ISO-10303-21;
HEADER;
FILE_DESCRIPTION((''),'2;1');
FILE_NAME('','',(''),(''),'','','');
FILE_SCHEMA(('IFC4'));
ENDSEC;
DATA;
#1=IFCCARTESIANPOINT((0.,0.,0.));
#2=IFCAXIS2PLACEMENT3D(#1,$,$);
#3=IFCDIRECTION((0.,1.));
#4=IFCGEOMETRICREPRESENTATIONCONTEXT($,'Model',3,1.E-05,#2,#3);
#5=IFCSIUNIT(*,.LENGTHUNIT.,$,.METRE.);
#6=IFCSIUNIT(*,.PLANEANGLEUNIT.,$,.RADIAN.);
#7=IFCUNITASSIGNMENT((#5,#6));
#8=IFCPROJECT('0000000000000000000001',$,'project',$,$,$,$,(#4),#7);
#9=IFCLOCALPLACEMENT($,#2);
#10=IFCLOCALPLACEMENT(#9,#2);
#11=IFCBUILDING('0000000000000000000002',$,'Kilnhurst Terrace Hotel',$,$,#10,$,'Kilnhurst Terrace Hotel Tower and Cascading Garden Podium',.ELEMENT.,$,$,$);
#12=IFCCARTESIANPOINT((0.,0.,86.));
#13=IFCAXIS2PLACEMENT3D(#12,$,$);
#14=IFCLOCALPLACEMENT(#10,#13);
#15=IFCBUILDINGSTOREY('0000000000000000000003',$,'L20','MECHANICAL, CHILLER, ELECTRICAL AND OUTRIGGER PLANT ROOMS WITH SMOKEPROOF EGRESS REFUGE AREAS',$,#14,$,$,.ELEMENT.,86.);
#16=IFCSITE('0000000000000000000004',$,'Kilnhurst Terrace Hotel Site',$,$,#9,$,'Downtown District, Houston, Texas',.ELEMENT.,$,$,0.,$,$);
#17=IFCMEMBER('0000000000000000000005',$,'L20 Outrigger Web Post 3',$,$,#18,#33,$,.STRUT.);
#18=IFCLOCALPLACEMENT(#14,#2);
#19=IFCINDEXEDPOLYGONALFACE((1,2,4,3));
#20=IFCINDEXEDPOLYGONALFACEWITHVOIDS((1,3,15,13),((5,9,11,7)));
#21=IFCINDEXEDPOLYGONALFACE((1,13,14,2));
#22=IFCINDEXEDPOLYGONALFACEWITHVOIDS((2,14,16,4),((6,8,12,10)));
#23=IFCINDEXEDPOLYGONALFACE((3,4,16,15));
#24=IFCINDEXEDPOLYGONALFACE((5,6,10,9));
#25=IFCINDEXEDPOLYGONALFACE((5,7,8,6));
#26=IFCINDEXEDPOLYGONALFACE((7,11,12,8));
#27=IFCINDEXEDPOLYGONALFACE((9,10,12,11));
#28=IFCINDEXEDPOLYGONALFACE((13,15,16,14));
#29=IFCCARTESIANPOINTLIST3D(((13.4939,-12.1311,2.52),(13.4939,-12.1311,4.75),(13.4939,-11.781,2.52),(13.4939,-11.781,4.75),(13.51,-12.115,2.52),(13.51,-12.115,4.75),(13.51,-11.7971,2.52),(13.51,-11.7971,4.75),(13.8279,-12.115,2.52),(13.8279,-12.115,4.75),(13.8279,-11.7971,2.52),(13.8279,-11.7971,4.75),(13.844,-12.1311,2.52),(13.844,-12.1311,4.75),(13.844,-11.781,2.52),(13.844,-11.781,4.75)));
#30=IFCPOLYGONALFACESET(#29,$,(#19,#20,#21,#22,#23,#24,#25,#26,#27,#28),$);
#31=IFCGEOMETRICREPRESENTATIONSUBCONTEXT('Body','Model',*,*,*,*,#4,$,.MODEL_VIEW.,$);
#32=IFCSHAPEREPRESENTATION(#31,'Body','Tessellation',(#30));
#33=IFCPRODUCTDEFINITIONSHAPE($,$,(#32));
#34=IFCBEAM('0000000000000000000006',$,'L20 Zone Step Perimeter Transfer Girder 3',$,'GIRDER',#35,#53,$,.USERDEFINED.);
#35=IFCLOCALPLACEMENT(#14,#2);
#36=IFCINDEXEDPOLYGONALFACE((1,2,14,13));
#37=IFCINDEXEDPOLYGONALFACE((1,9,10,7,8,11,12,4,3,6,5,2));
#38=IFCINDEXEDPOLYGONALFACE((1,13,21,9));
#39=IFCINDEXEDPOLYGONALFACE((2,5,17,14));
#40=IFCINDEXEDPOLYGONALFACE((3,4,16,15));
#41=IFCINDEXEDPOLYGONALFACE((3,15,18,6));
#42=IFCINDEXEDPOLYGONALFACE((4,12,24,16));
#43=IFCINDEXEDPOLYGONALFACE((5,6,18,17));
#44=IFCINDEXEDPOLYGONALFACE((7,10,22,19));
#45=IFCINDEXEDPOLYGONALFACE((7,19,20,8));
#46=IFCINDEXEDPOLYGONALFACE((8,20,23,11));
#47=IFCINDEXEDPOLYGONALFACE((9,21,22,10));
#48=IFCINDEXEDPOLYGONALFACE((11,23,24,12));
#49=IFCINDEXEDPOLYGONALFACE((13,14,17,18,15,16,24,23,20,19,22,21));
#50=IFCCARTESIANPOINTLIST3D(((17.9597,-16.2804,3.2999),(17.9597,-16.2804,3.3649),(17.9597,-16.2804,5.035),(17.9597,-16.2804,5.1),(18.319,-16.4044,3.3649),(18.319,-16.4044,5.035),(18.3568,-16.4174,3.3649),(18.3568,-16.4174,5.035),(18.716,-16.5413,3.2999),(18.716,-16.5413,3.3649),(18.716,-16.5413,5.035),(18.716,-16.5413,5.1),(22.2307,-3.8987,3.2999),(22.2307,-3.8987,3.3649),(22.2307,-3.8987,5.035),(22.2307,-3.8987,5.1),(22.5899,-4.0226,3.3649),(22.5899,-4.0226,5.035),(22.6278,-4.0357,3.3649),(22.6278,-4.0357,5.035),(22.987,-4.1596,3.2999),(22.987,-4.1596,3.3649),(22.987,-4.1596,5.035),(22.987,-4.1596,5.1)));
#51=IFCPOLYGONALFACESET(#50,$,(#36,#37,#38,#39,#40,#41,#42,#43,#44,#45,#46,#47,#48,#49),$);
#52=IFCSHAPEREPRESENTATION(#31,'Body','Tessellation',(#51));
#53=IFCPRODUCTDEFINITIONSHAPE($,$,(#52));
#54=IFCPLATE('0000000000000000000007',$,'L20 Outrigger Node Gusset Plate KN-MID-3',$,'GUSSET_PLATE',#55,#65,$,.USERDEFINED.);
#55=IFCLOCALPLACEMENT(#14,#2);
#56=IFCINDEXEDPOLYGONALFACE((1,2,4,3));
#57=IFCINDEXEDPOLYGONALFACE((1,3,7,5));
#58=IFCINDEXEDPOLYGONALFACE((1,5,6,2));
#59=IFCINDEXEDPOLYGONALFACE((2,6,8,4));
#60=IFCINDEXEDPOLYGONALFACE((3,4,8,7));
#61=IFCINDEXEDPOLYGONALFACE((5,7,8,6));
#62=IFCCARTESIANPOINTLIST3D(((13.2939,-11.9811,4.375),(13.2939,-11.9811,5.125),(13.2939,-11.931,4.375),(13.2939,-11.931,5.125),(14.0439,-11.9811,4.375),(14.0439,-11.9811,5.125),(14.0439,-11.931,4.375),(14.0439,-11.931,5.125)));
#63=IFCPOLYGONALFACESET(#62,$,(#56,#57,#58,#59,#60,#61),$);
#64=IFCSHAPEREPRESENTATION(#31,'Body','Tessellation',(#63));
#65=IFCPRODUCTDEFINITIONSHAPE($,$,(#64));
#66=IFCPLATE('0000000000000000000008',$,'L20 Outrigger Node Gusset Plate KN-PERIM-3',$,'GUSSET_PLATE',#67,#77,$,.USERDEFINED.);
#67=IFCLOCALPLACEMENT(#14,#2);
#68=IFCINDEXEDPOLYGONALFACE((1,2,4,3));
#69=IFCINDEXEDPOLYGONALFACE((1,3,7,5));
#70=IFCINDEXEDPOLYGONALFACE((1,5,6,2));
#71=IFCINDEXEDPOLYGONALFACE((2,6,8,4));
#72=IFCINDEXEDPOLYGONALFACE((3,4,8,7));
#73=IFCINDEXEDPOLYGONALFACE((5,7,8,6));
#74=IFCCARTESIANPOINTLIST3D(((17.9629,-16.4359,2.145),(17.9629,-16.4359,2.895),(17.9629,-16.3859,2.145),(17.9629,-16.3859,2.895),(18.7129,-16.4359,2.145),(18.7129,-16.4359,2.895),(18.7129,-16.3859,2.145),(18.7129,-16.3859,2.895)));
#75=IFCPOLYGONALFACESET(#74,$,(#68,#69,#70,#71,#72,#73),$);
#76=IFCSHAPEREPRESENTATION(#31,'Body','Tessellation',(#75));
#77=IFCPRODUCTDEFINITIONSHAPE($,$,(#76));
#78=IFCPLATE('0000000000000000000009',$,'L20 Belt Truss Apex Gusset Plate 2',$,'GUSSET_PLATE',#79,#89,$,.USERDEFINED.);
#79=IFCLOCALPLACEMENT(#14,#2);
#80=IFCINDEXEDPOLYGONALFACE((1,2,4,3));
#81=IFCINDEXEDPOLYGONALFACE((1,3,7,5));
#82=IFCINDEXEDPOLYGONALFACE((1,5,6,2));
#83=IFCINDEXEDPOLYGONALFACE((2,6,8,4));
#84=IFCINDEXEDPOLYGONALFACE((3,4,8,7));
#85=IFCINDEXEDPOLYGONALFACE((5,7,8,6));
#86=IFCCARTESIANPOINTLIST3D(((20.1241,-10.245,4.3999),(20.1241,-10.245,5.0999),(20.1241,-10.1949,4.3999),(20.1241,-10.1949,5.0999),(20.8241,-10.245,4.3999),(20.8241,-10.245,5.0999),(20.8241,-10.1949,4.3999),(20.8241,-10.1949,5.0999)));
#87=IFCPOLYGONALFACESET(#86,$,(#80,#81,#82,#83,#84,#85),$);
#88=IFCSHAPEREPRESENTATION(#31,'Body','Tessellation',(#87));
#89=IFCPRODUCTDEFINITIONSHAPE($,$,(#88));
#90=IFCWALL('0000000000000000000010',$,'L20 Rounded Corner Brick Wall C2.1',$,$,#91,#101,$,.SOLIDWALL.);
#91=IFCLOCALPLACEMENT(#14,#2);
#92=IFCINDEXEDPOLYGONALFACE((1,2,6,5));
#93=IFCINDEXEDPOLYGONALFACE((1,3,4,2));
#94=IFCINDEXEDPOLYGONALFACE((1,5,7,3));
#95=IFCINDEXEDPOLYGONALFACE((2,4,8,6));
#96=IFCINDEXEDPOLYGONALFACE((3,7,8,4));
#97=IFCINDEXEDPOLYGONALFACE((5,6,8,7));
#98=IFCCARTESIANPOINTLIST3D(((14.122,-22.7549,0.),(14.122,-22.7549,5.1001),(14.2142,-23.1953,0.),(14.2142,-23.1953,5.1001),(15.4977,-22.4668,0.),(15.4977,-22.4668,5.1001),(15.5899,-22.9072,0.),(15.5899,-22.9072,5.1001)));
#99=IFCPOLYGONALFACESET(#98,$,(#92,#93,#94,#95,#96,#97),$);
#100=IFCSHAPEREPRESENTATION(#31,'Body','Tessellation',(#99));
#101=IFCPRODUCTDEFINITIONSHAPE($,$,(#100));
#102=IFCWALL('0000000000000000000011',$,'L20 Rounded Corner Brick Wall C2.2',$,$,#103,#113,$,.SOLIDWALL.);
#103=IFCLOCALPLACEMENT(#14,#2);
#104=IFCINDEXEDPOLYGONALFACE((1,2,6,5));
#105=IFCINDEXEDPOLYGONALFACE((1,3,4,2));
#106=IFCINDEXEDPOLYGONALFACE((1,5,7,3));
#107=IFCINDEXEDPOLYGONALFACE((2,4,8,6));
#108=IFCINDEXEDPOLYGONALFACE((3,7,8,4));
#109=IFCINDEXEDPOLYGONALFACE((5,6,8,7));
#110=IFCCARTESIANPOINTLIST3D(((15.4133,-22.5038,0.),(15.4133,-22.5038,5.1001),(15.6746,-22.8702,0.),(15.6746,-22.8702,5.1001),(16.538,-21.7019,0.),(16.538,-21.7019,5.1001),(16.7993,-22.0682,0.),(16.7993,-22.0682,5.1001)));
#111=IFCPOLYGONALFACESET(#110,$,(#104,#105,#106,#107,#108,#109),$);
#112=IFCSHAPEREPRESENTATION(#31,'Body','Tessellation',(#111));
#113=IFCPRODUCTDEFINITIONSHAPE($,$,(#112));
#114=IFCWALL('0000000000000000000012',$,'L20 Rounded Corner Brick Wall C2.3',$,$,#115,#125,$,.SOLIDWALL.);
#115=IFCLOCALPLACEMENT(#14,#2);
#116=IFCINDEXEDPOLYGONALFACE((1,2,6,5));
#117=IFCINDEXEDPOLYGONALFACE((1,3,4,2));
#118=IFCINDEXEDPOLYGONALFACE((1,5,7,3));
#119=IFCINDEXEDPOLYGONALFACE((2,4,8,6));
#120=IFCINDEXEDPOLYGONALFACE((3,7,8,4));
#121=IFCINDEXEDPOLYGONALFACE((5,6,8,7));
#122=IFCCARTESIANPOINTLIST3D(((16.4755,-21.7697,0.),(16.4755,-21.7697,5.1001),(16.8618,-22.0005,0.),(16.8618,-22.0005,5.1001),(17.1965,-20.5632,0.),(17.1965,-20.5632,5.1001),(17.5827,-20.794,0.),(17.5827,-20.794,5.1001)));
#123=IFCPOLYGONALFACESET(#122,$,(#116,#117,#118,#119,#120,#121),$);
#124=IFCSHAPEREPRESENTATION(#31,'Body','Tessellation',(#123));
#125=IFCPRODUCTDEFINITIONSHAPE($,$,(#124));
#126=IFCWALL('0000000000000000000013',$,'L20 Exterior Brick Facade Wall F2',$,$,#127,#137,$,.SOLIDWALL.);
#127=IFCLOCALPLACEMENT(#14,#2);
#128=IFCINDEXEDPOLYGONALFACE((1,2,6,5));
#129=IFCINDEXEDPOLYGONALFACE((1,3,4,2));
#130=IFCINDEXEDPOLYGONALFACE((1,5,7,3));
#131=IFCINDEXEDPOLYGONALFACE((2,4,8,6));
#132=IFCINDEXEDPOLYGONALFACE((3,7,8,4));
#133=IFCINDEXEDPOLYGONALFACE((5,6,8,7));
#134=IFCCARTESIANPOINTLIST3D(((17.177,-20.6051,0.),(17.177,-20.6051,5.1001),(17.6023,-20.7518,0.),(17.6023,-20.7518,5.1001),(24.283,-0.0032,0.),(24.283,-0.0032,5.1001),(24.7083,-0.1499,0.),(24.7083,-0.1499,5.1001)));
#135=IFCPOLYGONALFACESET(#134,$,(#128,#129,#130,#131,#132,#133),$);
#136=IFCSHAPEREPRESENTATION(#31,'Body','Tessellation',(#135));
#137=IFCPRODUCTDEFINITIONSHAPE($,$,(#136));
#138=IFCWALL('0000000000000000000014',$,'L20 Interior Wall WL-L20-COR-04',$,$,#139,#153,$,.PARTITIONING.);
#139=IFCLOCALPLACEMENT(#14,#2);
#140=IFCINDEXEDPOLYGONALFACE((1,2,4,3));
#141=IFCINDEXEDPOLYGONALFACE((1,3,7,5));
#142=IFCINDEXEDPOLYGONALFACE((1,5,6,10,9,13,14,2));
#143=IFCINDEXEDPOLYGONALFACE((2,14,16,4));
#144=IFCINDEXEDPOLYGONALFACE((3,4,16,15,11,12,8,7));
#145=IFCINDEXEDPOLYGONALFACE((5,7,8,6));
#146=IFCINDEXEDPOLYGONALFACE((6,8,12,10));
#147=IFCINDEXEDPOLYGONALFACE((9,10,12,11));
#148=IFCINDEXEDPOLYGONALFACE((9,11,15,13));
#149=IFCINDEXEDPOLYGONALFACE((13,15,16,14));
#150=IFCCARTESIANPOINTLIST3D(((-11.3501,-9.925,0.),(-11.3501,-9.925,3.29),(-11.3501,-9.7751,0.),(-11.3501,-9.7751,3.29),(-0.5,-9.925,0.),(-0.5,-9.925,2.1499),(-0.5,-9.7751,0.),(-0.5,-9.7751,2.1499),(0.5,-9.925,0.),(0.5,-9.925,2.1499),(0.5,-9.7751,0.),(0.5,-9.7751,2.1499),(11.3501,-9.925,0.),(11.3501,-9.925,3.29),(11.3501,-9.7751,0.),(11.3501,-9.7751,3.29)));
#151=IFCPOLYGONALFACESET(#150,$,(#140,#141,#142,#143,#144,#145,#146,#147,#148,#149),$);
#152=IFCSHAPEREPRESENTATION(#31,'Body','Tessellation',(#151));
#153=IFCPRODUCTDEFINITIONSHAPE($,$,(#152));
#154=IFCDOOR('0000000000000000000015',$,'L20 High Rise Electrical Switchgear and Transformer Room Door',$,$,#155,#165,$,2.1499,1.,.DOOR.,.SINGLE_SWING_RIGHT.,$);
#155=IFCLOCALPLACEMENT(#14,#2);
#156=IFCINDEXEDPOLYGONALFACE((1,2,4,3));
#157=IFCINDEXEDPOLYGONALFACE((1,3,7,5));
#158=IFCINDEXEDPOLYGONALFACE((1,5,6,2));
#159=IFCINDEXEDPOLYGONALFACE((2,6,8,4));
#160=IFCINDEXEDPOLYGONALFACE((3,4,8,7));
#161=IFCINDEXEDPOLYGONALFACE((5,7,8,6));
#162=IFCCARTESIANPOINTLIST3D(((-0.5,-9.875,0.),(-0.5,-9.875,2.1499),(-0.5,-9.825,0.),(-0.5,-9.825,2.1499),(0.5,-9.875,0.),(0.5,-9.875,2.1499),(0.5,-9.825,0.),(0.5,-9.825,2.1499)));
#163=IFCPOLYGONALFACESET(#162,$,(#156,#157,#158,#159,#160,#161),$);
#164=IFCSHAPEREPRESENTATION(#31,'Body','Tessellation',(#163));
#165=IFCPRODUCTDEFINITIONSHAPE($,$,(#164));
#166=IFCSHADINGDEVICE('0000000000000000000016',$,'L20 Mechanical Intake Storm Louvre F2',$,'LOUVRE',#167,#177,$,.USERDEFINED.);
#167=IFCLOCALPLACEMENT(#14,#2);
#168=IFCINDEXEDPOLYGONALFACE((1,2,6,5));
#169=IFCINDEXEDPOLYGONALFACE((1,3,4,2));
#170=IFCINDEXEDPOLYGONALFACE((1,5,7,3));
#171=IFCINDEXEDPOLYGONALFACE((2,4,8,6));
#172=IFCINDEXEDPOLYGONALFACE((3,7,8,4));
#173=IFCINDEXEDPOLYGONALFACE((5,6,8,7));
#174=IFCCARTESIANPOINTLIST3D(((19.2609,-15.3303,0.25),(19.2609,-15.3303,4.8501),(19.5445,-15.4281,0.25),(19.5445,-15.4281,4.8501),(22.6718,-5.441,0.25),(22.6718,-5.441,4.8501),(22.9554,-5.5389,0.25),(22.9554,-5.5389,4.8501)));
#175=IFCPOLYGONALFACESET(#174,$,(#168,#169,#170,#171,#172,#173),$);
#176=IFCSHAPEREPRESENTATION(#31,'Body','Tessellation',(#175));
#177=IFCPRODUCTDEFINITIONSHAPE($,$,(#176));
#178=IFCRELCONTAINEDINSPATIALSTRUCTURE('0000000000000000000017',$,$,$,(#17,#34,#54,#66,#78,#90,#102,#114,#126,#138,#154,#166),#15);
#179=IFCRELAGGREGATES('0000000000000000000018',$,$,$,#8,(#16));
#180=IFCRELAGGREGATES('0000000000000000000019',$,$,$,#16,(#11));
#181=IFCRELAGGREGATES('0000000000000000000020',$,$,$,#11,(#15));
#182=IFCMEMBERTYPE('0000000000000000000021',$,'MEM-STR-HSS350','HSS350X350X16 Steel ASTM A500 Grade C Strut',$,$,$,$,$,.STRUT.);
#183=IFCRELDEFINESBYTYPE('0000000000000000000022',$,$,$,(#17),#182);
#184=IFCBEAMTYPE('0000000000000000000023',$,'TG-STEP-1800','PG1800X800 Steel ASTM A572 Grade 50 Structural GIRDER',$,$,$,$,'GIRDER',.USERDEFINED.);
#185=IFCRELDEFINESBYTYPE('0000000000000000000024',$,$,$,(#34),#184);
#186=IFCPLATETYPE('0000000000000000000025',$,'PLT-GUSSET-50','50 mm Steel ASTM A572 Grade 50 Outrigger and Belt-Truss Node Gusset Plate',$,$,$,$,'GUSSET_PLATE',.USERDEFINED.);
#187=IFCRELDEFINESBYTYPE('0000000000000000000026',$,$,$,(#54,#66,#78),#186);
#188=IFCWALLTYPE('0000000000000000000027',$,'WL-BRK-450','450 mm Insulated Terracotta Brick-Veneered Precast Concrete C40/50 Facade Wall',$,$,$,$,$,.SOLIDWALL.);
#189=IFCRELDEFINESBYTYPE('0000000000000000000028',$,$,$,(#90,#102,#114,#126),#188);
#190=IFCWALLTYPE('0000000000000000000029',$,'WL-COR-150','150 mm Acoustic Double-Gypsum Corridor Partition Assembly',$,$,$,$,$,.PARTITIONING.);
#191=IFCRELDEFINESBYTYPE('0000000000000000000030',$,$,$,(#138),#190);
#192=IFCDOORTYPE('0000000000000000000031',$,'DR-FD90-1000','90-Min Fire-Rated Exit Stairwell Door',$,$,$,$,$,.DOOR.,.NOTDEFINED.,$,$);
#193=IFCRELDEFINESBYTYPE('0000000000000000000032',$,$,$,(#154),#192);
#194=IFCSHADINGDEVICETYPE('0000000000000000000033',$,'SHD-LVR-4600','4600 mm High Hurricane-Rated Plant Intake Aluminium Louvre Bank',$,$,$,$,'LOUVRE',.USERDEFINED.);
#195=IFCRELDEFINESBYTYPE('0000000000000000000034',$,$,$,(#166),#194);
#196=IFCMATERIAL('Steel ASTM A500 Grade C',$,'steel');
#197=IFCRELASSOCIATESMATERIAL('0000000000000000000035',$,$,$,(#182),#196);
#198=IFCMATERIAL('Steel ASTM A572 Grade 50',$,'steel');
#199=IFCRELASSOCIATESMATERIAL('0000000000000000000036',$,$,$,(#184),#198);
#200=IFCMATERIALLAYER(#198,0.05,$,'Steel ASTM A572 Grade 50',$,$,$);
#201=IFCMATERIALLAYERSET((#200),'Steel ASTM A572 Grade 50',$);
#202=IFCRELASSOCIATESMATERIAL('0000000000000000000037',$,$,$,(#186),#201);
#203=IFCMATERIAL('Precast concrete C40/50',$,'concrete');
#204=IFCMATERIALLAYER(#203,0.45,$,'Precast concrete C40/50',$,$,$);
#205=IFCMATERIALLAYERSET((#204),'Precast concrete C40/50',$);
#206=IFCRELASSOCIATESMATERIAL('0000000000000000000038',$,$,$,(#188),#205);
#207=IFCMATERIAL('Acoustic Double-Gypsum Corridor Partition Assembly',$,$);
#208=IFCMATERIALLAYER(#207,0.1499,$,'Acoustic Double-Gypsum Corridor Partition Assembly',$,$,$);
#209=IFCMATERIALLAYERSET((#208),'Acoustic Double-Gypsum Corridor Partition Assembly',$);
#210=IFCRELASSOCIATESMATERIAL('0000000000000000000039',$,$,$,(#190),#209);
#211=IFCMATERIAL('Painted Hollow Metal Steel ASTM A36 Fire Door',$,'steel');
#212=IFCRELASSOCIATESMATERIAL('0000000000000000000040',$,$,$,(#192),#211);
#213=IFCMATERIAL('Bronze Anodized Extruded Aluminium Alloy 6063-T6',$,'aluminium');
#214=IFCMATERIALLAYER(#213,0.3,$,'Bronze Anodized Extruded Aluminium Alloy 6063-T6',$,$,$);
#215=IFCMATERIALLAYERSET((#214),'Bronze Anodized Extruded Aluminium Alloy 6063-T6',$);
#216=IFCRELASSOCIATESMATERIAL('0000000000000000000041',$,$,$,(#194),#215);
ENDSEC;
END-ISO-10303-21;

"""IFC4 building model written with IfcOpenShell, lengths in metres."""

from ifc_helpers import new_model, si_unit, direction, frame, frame_2d, origin, origin_2d, place, context, subcontext, project, spatial, rectangle, hollow_rectangle, i_section, extrude, material, layer, layer_set, material_profile, profile_set, type_object, element, fill, save


model = new_model("IFC4")

# Units and contexts
model_context = context("Model", 3, precision=1e-05, world=origin(), true_north=direction((0.0, 1.0)))
body_context = subcontext(model_context, "Body", "Model", "MODEL_VIEW")
ifc_project = project(units=[si_unit("LENGTHUNIT", "METRE"), si_unit("PLANEANGLEUNIT", "RADIAN")], contexts=[model_context])

# Site, building, storey
site_placement = place(None, origin())
site = spatial("IfcSite", under=ifc_project, at=site_placement, Name="Kilnhurst Terrace Hotel Site", LongName="Downtown District, Houston, Texas", CompositionType="ELEMENT", RefElevation=0.0)
building_placement = place(site_placement, origin())
building = spatial("IfcBuilding", under=site, at=building_placement, Name="Kilnhurst Terrace Hotel", LongName="Kilnhurst Terrace Hotel Tower and Cascading Garden Podium", CompositionType="ELEMENT")
storey_placement = place(building_placement, frame((0.0, 0.0, 86.0)))
storey = spatial("IfcBuildingStorey", under=building, at=storey_placement, Name="L20", Description="MECHANICAL, CHILLER, ELECTRICAL AND OUTRIGGER PLANT ROOMS WITH SMOKEPROOF EGRESS REFUGE AREAS", CompositionType="ELEMENT", Elevation=86.0)

# Member
ifc_material_1 = material(Name="Steel ASTM A500 Grade C", Category="steel")
ifc_material_profile_1 = material_profile(ifc_material_1, hollow_rectangle(XDim=0.3501, YDim=0.3501, WallThickness=0.0161, at=origin_2d()), Name="HSS350X350X16")
ifc_profile_set_1 = profile_set([ifc_material_profile_1], Name="Steel ASTM A500 Grade C")
member_type_1 = type_object("IfcMemberType", Name="MEM-STR-HSS350", Description="HSS350X350X16 Steel ASTM A500 Grade C Strut", PredefinedType="STRUT", material=ifc_profile_set_1)
member_1_placement = place(storey_placement, frame((13.6689, -11.9561, 2.52), z_axis=(0.0, 0.0, 1.0), x_axis=(1.0, 0.0, 0.0)))
element("IfcMember", 1, at=member_1_placement, inside=storey, type_object=member_type_1, Name="L20 Outrigger Web Post 3", PredefinedType="STRUT", context=body_context, shape_type="SweptSolid", body=[
    extrude(hollow_rectangle(XDim=0.3501, YDim=0.3501, WallThickness=0.0161, at=origin_2d()), origin(), (0.0, 0.0, 1.0), 2.23),
])

# Beam
ifc_material_2 = material(Name="Steel ASTM A572 Grade 50", Category="steel")
ifc_material_profile_2 = material_profile(ifc_material_2, i_section(OverallWidth=0.8, OverallDepth=1.8, WebThickness=0.04, FlangeThickness=0.0649, at=origin_2d()), Name="PG1800X800")
ifc_profile_set_2 = profile_set([ifc_material_profile_2], Name="Steel ASTM A572 Grade 50")
beam_type_1 = type_object("IfcBeamType", Name="TG-STEP-1800", Description="PG1800X800 Steel ASTM A572 Grade 50 Structural GIRDER", ElementType="GIRDER", PredefinedType="USERDEFINED", material=ifc_profile_set_2)
beam_1_placement = place(storey_placement, frame((18.3379, -16.4109, 4.2), z_axis=(0.326086, 0.94534, 0.0), x_axis=(-0.94534, 0.326086, 0.0)))
element("IfcBeam", 2, at=beam_1_placement, inside=storey, type_object=beam_type_1, Name="L20 Zone Step Perimeter Transfer Girder 3", ObjectType="GIRDER", PredefinedType="USERDEFINED", context=body_context, shape_type="SweptSolid", body=[
    extrude(i_section(OverallWidth=0.8, OverallDepth=1.8, WebThickness=0.04, FlangeThickness=0.0649, at=origin_2d()), origin(), (0.0, 0.0, 1.0), 13.0977),
])

# Plates
ifc_layer_1 = layer(ifc_material_2, 0.05, Name="Steel ASTM A572 Grade 50")
ifc_layer_set_1 = layer_set([ifc_layer_1], Name="Steel ASTM A572 Grade 50")
plate_type = type_object("IfcPlateType", Name="PLT-GUSSET-50", Description="50 mm Steel ASTM A572 Grade 50 Outrigger and Belt-Truss Node Gusset Plate", ElementType="GUSSET_PLATE", PredefinedType="USERDEFINED", material=ifc_layer_set_1)
for number, where, z_axis, x_axis, name in (
    (3, (13.6689, -11.9561, 4.375), (0.0, 0.0, 1.0), (1.0, 0.0, 0.0), "L20 Outrigger Node Gusset Plate KN-MID-3"),
    (4, (18.3379, -16.4109, 2.145), (0.0, 0.0, 1.0), (1.0, 0.0, 0.0), "L20 Outrigger Node Gusset Plate KN-PERIM-3"),
):
    element("IfcPlate", number, at=place(storey_placement, frame(where, z_axis=z_axis, x_axis=x_axis)), inside=storey, type_object=plate_type, Name=name, ObjectType="GUSSET_PLATE", PredefinedType="USERDEFINED", context=body_context, shape_type="SweptSolid", body=[
        extrude(rectangle(XDim=0.75, YDim=0.05, at=origin_2d()), origin(), (0.0, 0.0, 1.0), 0.75),
    ])
plate_placement = place(storey_placement, frame((20.4741, -10.22, 4.3999), z_axis=(0.0, 0.0, 1.0), x_axis=(1.0, 0.0, 0.0)))
element("IfcPlate", 5, at=plate_placement, inside=storey, type_object=plate_type, Name="L20 Belt Truss Apex Gusset Plate 2", ObjectType="GUSSET_PLATE", PredefinedType="USERDEFINED", context=body_context, shape_type="SweptSolid", body=[
    extrude(rectangle(XDim=0.7, YDim=0.05, at=origin_2d()), origin(), (0.0, 0.0, 1.0), 0.7),
])

# Walls
ifc_material_3 = material(Name="Precast concrete C40/50", Category="concrete")
ifc_layer_2 = layer(ifc_material_3, 0.45, Name="Precast concrete C40/50")
ifc_layer_set_2 = layer_set([ifc_layer_2], Name="Precast concrete C40/50")
wall_type_1 = type_object("IfcWallType", Name="WL-BRK-450", Description="450 mm Insulated Terracotta Brick-Veneered Precast Concrete C40/50 Facade Wall", PredefinedType="SOLIDWALL", material=ifc_layer_set_2)
wall_1_placement = place(storey_placement, frame((14.1682, -22.9751, 0.0), z_axis=(0.0, 0.0, 1.0), x_axis=(0.97877, 0.20496, 0.0)))
element("IfcWall", 6, at=wall_1_placement, inside=storey, type_object=wall_type_1, Name="L20 Rounded Corner Brick Wall C2.1", PredefinedType="SOLIDWALL", context=body_context, shape_type="SweptSolid", body=[
    extrude(rectangle(XDim=1.4055, YDim=0.45, at=frame_2d((0.7026, 0.0))), origin(), (0.0, 0.0, 1.0), 5.1001),
])
wall_2_placement = place(storey_placement, frame((15.5439, -22.687, 0.0), z_axis=(0.0, 0.0, 1.0), x_axis=(0.814211, 0.580569, 0.0)))
element("IfcWall", 7, at=wall_2_placement, inside=storey, type_object=wall_type_1, Name="L20 Rounded Corner Brick Wall C2.2", PredefinedType="SOLIDWALL", context=body_context, shape_type="SweptSolid", body=[
    extrude(rectangle(XDim=1.3813, YDim=0.45, at=frame_2d((0.6907, 0.0))), origin(), (0.0, 0.0, 1.0), 5.1001),
])
wall_3_placement = place(storey_placement, frame((16.6687, -21.885, 0.0), z_axis=(0.0, 0.0, 1.0), x_axis=(0.512937, 0.858426, 0.0)))
element("IfcWall", 8, at=wall_3_placement, inside=storey, type_object=wall_type_1, Name="L20 Rounded Corner Brick Wall C2.3", PredefinedType="SOLIDWALL", context=body_context, shape_type="SweptSolid", body=[
    extrude(rectangle(XDim=1.4055, YDim=0.45, at=frame_2d((0.7026, 0.0))), origin(), (0.0, 0.0, 1.0), 5.1001),
])
wall_4_placement = place(storey_placement, frame((17.3896, -20.6785, 0.0), z_axis=(0.0, 0.0, 1.0), x_axis=(0.326068, 0.945346, 0.0)))
element("IfcWall", 9, at=wall_4_placement, inside=storey, type_object=wall_type_1, Name="L20 Exterior Brick Facade Wall F2", PredefinedType="SOLIDWALL", context=body_context, shape_type="SweptSolid", body=[
    extrude(rectangle(XDim=21.793, YDim=0.45, at=frame_2d((10.8965, 0.0))), origin(), (0.0, 0.0, 1.0), 5.1001),
])

# Wall, opening, door
ifc_material_4 = material(Name="Acoustic Double-Gypsum Corridor Partition Assembly")
ifc_layer_3 = layer(ifc_material_4, 0.1499, Name="Acoustic Double-Gypsum Corridor Partition Assembly")
ifc_layer_set_3 = layer_set([ifc_layer_3], Name="Acoustic Double-Gypsum Corridor Partition Assembly")
wall_type_2 = type_object("IfcWallType", Name="WL-COR-150", Description="150 mm Acoustic Double-Gypsum Corridor Partition Assembly", PredefinedType="PARTITIONING", material=ifc_layer_set_3)
wall_5_placement = place(storey_placement, frame((11.3501, -9.8501, 0.0), z_axis=(0.0, 0.0, 1.0), x_axis=(-1.0, 0.0, 0.0)))
wall_5 = element("IfcWall", 10, at=wall_5_placement, inside=storey, type_object=wall_type_2, Name="L20 Interior Wall WL-L20-COR-04", PredefinedType="PARTITIONING", context=body_context, shape_type="SweptSolid", body=[
    extrude(rectangle(XDim=22.7002, YDim=0.1499, at=frame_2d((11.3501, 0.0))), origin(), (0.0, 0.0, 1.0), 3.29),
])
opening_placement = place(wall_5_placement, frame((10.8501, 0.0, 0.0)))
opening = element("IfcOpeningElement", 11, at=opening_placement, cuts=wall_5, PredefinedType="OPENING", context=body_context, shape_type="SweptSolid", body=[
    extrude(rectangle(XDim=1.0, YDim=2.1499, at=frame_2d((0.5, 1.075))), frame((0.0, 0.085, 0.0), z_axis=(0.0, -1.0, 0.0), x_axis=(1.0, 0.0, 0.0)), (0.0, 0.0, 1.0), 0.1699),
])
ifc_material_5 = material(Name="Painted Hollow Metal Steel ASTM A36 Fire Door", Category="steel")
door_type = type_object("IfcDoorType", Name="DR-FD90-1000", Description="90-Min Fire-Rated Exit Stairwell Door", OperationType="NOTDEFINED", PredefinedType="DOOR", material=ifc_material_5)
door_placement = place(opening_placement, origin())
door = element("IfcDoor", 12, at=door_placement, inside=storey, type_object=door_type, Name="L20 High Rise Electrical Switchgear and Transformer Room Door", OperationType="SINGLE_SWING_RIGHT", OverallHeight=2.1499, OverallWidth=1.0, PredefinedType="DOOR", context=body_context, shape_type="SweptSolid", body=[
    extrude(rectangle(XDim=1.0, YDim=2.1499, at=frame_2d((0.5, 1.075))), frame((0.0, 0.0249, 0.0), z_axis=(0.0, -1.0, 0.0), x_axis=(1.0, 0.0, 0.0)), (0.0, 0.0, 1.0), 0.05),
])
fill(opening, door)

# Shading device
ifc_material_6 = material(Name="Bronze Anodized Extruded Aluminium Alloy 6063-T6", Category="aluminium")
ifc_layer_4 = layer(ifc_material_6, 0.3, Name="Bronze Anodized Extruded Aluminium Alloy 6063-T6")
ifc_layer_set_4 = layer_set([ifc_layer_4], Name="Bronze Anodized Extruded Aluminium Alloy 6063-T6")
shading_device_type = type_object("IfcShadingDeviceType", Name="SHD-LVR-4600", Description="4600 mm High Hurricane-Rated Plant Intake Aluminium Louvre Bank", ElementType="LOUVRE", PredefinedType="USERDEFINED", material=ifc_layer_set_4)
shading_device_placement = place(storey_placement, frame((21.1082, -10.4346, 0.25), z_axis=(0.0, 0.0, 1.0), x_axis=(0.326063, 0.945348, 0.0)))
element("IfcShadingDevice", 13, at=shading_device_placement, inside=storey, type_object=shading_device_type, Name="L20 Mechanical Intake Storm Louvre F2", ObjectType="LOUVRE", PredefinedType="USERDEFINED", context=body_context, shape_type="SweptSolid", body=[
    extrude(rectangle(XDim=10.4609, YDim=0.3, at=origin_2d()), origin(), (0.0, 0.0, 1.0), 4.6001),
])

save(model, "model.ifc")
